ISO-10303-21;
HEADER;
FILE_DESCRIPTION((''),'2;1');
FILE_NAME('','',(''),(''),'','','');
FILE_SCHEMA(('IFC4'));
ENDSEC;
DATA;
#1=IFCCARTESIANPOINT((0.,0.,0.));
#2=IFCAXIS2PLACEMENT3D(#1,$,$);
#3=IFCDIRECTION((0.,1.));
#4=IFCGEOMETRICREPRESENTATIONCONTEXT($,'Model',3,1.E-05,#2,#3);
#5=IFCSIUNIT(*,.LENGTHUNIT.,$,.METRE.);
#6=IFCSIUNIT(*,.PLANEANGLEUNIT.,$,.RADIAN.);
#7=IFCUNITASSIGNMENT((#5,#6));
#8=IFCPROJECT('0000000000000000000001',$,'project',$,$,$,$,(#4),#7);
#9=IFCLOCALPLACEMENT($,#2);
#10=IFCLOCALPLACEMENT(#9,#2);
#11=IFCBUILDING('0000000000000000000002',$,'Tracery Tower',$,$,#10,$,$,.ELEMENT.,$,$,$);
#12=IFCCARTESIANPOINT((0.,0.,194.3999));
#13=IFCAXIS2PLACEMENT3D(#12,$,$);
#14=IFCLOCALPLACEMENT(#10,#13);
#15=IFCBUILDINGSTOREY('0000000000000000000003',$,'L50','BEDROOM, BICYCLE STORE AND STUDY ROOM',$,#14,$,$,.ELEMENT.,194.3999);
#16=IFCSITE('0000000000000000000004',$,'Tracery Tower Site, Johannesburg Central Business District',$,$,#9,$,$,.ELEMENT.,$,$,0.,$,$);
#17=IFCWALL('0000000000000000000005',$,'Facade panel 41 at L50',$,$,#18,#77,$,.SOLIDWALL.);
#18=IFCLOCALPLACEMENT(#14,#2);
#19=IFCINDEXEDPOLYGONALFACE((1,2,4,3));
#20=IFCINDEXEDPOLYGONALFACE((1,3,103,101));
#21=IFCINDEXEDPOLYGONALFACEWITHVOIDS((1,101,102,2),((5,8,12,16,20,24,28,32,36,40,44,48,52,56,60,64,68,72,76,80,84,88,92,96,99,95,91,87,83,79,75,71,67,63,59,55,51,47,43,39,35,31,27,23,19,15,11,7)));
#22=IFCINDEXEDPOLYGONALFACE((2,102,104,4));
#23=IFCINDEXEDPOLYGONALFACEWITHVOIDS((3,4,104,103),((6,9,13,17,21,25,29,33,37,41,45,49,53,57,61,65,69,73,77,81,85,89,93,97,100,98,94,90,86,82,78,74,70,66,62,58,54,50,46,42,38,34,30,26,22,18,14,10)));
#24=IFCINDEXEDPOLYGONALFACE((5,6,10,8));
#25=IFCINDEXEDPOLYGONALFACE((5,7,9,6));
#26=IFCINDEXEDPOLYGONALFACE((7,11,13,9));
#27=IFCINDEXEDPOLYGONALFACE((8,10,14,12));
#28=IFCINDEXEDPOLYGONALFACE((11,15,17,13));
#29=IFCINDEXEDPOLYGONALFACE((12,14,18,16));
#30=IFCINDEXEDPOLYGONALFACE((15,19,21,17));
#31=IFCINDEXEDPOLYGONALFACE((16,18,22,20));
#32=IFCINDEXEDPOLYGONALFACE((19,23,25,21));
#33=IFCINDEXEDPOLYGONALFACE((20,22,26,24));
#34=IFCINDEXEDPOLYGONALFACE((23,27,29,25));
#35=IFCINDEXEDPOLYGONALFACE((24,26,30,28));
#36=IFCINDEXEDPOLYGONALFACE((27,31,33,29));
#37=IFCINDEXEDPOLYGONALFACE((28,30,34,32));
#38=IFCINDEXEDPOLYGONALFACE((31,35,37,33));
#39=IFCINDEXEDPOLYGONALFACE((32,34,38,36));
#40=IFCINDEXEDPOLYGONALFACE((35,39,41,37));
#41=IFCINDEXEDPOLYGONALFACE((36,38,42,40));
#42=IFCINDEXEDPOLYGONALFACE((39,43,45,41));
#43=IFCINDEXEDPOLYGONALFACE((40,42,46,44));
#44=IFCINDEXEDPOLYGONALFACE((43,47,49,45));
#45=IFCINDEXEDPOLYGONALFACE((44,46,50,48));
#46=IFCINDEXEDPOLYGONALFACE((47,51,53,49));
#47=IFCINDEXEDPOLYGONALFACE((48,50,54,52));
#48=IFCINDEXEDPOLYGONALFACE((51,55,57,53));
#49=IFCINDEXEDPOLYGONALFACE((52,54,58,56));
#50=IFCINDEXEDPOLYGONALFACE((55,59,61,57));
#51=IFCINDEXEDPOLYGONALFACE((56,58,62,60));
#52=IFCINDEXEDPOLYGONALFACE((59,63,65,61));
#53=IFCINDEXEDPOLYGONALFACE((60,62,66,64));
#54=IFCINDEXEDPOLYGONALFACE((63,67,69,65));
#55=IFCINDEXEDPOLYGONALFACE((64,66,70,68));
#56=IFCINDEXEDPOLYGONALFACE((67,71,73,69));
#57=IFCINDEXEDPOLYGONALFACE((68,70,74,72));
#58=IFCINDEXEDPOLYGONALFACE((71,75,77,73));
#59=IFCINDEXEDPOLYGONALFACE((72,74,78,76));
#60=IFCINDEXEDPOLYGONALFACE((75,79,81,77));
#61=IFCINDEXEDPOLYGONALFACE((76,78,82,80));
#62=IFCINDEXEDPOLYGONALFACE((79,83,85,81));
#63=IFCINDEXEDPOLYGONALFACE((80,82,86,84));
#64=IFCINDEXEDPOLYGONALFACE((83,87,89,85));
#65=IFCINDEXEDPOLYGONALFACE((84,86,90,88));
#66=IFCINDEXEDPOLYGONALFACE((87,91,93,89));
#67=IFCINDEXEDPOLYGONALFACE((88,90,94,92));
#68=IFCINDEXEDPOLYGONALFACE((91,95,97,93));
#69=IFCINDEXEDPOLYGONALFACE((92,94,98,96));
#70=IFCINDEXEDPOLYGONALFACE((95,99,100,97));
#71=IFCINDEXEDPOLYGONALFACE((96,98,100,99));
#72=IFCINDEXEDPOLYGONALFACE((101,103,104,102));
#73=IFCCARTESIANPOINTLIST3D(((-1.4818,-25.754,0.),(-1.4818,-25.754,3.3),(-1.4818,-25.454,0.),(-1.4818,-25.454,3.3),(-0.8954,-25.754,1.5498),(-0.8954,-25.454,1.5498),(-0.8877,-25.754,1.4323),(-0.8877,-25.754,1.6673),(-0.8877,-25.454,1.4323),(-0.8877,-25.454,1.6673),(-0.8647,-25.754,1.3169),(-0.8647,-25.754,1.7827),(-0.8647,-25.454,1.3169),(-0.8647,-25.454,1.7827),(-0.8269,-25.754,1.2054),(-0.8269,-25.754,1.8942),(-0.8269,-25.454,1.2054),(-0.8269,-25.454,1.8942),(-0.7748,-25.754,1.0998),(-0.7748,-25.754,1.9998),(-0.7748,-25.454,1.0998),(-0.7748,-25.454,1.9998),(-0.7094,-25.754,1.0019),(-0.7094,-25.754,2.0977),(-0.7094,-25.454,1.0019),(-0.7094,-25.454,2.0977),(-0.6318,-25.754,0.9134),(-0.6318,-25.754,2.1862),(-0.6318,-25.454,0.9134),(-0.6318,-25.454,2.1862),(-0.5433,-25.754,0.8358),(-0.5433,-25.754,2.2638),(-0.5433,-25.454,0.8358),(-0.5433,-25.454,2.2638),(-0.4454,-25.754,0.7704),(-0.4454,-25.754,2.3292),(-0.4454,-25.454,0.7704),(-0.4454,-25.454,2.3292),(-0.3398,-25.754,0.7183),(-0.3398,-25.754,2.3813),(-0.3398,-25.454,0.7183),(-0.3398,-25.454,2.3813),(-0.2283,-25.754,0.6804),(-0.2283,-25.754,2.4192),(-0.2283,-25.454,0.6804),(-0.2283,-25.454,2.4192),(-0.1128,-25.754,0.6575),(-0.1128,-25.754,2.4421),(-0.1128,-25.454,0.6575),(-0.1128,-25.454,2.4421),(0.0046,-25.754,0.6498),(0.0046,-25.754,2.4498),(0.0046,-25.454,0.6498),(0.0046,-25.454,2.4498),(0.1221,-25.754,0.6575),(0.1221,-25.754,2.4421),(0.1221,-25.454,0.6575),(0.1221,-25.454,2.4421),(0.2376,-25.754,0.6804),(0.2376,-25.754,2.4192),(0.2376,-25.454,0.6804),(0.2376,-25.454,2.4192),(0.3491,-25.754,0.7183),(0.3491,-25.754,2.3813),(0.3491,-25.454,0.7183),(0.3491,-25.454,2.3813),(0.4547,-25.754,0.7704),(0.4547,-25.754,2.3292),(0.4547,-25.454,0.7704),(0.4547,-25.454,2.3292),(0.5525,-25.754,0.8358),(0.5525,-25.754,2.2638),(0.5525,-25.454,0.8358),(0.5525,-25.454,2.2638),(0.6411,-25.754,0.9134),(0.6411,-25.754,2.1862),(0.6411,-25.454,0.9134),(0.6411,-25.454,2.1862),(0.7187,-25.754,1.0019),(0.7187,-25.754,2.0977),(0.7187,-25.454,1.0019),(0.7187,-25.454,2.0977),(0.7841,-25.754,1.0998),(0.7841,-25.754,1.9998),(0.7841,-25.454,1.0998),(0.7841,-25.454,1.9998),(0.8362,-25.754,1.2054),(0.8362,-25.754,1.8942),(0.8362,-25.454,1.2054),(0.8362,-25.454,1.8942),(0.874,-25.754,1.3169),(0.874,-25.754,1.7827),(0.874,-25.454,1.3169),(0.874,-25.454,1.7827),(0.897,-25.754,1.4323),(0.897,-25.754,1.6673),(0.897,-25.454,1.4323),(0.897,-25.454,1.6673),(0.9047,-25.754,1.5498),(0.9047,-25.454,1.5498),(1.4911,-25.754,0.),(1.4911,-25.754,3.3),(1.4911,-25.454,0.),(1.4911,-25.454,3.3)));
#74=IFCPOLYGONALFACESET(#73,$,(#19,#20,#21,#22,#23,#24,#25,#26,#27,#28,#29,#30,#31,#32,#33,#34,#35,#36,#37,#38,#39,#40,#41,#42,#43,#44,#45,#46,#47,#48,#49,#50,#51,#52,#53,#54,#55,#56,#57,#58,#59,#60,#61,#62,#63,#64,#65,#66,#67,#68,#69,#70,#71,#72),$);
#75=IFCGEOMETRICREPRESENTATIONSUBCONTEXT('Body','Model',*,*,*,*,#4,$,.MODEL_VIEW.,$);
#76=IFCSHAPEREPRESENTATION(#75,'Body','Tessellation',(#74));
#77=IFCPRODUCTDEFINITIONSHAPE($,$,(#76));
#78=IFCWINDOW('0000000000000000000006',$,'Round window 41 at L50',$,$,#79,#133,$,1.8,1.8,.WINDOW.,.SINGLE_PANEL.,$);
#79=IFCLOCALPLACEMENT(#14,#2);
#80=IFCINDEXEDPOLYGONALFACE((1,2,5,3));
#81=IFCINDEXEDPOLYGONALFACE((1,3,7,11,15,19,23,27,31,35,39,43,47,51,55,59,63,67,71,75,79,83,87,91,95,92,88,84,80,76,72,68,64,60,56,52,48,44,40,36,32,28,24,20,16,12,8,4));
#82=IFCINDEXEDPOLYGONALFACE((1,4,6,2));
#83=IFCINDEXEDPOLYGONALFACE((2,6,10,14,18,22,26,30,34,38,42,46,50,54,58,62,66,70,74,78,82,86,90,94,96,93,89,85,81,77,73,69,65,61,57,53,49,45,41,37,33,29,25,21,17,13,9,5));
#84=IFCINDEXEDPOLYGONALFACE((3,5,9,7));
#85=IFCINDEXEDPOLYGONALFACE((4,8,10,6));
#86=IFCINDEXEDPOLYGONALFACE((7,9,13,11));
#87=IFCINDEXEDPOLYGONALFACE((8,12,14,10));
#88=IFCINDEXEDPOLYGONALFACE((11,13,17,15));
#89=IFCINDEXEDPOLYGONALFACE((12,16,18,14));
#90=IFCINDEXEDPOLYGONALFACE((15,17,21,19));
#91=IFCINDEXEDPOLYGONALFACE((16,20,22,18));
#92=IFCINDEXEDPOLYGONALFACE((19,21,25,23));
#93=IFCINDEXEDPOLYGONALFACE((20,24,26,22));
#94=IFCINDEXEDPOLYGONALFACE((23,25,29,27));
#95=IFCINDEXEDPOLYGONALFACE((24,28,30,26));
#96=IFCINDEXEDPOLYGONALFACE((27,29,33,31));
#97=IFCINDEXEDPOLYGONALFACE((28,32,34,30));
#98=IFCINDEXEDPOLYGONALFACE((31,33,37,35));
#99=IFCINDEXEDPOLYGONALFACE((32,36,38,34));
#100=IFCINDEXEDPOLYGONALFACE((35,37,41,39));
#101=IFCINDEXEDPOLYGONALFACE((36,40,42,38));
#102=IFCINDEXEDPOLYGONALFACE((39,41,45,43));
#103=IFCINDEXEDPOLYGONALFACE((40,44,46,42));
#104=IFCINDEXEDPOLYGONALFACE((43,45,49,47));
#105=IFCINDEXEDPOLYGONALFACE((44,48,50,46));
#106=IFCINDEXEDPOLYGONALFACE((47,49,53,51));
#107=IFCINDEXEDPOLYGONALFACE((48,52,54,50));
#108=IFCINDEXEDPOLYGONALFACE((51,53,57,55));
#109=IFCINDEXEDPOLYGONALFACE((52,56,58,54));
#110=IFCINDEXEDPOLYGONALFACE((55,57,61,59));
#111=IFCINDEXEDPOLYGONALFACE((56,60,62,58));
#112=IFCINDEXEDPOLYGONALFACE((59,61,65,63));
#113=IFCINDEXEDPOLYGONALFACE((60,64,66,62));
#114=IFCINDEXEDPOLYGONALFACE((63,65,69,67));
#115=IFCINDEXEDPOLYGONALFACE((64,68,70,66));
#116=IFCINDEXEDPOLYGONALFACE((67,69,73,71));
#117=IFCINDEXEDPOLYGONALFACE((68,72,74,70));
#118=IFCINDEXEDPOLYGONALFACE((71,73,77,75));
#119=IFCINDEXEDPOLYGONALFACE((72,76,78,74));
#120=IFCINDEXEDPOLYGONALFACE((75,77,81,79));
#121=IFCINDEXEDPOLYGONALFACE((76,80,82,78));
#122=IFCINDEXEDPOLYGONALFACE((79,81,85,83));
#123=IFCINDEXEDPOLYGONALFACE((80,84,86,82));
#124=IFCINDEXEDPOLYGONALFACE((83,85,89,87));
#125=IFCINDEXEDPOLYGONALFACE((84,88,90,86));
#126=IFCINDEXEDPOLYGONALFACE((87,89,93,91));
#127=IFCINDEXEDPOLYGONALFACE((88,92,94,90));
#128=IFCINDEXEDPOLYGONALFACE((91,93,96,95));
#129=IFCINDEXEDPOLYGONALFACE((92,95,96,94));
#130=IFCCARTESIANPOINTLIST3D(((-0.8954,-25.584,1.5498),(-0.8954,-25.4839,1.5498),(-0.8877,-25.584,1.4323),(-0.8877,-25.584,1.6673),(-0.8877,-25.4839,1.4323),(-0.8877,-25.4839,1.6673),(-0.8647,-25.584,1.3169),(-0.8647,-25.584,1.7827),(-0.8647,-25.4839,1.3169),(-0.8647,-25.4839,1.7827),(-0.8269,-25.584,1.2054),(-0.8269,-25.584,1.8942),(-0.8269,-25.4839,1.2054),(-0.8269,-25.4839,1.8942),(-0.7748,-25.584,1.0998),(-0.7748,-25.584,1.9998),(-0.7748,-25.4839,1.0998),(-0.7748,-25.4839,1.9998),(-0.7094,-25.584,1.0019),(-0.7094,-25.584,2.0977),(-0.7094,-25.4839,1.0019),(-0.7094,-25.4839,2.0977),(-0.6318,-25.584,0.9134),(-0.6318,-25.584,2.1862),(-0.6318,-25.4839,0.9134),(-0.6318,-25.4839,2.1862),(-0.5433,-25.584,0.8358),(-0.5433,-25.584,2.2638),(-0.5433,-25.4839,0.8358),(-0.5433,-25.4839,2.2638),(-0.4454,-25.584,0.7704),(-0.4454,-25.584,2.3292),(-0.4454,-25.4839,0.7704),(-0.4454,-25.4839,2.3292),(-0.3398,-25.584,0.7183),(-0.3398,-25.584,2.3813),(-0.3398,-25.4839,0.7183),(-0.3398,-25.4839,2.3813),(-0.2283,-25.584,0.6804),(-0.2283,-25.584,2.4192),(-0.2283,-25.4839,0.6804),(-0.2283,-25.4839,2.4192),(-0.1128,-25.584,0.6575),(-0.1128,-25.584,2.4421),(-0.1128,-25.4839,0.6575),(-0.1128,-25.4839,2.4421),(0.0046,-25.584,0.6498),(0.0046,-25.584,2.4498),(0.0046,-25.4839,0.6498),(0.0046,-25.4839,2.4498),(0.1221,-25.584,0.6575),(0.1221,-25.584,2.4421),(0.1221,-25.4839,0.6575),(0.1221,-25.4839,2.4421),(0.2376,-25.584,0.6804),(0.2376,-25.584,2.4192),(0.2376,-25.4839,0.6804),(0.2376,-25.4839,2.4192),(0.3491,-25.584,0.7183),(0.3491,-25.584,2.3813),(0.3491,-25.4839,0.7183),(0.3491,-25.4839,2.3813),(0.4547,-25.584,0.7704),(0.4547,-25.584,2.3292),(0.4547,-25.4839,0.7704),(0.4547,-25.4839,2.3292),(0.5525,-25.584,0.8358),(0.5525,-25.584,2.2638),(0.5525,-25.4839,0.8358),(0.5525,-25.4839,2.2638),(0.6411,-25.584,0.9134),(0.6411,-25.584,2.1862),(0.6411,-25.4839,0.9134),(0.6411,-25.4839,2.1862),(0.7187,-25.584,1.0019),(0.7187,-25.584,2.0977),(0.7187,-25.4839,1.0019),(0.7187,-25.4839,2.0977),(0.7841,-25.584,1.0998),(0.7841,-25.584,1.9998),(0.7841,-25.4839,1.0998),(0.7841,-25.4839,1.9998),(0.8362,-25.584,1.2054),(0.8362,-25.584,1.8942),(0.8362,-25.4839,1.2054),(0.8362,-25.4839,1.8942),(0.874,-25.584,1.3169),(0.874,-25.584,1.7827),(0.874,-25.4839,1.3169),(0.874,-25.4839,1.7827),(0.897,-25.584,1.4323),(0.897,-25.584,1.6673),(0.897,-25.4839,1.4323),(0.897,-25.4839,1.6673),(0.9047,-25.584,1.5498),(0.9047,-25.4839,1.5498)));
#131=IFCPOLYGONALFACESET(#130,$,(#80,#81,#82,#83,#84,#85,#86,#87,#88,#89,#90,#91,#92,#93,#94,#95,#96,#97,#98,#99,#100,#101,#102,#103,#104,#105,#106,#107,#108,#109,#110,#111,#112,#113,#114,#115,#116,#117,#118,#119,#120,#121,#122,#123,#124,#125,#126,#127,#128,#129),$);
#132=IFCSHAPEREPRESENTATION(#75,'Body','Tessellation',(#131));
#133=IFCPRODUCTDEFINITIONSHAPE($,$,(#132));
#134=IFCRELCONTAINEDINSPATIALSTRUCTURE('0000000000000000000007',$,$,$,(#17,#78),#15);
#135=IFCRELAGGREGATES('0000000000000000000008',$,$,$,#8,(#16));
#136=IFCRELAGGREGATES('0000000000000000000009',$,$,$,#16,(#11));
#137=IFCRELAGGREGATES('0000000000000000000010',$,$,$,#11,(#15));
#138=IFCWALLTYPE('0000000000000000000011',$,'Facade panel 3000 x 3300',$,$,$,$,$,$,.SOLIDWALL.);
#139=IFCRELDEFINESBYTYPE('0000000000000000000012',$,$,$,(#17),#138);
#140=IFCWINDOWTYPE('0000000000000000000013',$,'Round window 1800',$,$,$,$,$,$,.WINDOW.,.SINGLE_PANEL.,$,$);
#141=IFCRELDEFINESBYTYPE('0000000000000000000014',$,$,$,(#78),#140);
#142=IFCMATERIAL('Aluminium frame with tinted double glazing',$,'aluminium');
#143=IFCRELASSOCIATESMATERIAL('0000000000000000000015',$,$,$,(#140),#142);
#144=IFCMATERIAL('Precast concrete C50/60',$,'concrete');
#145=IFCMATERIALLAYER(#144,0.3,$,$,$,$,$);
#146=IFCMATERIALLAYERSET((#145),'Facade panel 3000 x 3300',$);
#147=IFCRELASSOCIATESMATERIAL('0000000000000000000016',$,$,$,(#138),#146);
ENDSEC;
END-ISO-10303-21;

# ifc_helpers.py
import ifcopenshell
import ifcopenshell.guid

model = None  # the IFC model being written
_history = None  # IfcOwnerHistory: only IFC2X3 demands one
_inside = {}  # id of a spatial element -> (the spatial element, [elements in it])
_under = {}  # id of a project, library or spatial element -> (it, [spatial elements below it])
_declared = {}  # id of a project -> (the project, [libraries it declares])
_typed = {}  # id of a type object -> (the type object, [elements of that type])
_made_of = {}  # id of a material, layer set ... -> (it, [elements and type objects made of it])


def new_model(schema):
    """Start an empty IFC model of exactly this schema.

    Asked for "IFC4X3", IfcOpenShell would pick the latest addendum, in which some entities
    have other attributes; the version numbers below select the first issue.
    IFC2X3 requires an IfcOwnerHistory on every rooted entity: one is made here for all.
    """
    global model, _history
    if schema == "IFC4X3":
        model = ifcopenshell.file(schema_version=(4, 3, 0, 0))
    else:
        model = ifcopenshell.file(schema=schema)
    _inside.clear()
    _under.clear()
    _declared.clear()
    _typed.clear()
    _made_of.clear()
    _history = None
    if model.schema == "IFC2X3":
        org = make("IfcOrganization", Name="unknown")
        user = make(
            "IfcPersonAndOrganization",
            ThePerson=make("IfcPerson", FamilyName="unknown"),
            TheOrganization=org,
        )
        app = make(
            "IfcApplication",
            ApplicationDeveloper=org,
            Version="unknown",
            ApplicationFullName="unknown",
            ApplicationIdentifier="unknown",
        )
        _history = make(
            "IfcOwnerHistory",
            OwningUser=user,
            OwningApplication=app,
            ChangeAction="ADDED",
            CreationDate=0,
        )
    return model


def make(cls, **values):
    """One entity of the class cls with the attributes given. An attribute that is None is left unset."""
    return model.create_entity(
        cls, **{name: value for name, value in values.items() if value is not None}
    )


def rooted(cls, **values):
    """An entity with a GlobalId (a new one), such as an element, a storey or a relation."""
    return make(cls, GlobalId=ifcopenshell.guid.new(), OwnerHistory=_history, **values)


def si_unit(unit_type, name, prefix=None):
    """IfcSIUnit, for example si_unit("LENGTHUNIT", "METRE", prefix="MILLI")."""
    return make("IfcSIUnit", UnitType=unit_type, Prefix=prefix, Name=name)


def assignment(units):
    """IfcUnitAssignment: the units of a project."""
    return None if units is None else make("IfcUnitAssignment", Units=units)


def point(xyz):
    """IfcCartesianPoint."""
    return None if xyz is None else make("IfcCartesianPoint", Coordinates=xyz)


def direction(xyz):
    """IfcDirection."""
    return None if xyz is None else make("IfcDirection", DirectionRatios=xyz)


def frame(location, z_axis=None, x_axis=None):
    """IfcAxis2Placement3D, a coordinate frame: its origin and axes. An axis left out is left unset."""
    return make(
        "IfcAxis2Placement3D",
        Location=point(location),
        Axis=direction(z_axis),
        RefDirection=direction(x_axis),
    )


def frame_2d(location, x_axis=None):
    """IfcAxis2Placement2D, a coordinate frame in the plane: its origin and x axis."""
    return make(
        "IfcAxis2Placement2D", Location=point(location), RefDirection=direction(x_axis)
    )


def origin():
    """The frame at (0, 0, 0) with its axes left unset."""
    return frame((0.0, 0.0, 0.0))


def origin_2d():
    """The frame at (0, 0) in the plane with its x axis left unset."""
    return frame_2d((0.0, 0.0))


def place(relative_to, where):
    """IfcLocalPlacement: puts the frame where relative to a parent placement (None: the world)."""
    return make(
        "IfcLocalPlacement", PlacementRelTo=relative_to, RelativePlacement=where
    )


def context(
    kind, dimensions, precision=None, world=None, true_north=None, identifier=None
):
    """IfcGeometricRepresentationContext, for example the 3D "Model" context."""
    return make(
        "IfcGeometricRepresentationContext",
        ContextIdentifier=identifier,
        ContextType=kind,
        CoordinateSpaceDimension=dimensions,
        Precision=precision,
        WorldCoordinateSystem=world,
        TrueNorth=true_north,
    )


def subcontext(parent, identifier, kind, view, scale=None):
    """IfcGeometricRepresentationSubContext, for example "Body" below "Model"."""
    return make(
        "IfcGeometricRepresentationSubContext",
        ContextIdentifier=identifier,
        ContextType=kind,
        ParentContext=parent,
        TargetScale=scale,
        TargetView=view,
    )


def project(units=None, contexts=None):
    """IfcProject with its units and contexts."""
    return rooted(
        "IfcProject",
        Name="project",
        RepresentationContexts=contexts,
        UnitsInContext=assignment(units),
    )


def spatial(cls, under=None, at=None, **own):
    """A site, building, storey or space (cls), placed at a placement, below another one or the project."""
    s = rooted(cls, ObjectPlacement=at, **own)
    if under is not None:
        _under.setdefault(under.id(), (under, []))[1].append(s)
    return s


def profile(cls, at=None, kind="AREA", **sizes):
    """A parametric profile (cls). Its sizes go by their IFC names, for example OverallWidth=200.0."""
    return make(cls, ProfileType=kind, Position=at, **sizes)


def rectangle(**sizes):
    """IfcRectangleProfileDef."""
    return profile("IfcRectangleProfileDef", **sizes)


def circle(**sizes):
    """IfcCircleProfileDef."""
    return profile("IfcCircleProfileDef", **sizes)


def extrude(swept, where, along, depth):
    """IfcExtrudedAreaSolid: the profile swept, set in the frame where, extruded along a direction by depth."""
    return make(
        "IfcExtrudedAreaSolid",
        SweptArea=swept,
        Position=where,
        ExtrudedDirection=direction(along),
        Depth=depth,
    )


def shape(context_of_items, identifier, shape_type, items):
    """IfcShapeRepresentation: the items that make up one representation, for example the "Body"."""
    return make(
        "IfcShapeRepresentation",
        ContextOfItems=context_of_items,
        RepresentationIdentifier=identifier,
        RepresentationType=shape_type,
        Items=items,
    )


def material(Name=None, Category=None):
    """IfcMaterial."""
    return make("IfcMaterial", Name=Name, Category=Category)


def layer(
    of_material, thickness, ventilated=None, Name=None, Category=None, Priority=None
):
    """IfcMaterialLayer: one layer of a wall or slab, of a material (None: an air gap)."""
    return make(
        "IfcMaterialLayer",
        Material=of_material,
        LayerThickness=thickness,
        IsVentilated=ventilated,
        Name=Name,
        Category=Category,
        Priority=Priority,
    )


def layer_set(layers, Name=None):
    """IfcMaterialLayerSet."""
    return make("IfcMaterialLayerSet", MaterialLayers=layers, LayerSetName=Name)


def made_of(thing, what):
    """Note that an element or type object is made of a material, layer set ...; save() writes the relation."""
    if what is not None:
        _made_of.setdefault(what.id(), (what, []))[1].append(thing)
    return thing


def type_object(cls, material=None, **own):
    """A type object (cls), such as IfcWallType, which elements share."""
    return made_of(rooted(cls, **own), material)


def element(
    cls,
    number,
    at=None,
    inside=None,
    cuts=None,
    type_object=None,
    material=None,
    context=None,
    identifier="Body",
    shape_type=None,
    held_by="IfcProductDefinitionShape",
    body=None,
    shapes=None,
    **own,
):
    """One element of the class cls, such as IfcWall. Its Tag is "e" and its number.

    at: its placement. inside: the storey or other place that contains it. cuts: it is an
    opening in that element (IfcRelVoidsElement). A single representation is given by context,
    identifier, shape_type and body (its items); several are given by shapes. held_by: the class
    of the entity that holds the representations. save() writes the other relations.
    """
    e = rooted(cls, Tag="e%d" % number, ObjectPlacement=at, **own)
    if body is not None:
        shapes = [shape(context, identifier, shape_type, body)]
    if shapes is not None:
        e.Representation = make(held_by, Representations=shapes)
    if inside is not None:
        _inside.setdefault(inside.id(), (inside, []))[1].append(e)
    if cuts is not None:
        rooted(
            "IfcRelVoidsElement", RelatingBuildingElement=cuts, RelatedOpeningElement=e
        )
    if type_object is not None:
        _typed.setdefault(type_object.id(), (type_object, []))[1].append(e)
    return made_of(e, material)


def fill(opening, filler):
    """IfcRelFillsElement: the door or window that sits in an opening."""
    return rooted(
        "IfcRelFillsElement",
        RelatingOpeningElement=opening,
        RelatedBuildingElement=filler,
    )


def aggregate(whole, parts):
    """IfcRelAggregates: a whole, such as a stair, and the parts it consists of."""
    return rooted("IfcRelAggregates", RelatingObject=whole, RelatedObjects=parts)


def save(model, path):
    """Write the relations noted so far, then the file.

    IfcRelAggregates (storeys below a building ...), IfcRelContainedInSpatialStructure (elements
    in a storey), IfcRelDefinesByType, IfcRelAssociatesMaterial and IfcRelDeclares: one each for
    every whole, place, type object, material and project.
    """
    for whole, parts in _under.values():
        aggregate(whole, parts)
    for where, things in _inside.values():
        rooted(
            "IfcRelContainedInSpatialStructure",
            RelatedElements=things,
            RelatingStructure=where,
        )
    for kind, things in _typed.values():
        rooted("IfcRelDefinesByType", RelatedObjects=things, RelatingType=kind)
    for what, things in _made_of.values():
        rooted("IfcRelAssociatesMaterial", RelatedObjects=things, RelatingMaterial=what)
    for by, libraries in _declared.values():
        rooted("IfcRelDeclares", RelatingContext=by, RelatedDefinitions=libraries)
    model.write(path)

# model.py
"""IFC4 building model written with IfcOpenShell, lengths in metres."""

from ifc_helpers import new_model, si_unit, direction, frame, frame_2d, origin, origin_2d, place, context, subcontext, project, spatial, rectangle, circle, extrude, material, layer, layer_set, type_object, element, fill, save


model = new_model("IFC4")

# Units and contexts
model_context = context("Model", 3, precision=1e-05, world=origin(), true_north=direction((0.0, 1.0)))
body_context = subcontext(model_context, "Body", "Model", "MODEL_VIEW")
ifc_project = project(units=[si_unit("LENGTHUNIT", "METRE"), si_unit("PLANEANGLEUNIT", "RADIAN")], contexts=[model_context])

# Site, building, storey
site_placement = place(None, origin())
site = spatial("IfcSite", under=ifc_project, at=site_placement, Name="Tracery Tower Site, Johannesburg Central Business District", CompositionType="ELEMENT", RefElevation=0.0)
building_placement = place(site_placement, origin())
building = spatial("IfcBuilding", under=site, at=building_placement, Name="Tracery Tower", CompositionType="ELEMENT")
storey_placement = place(building_placement, frame((0.0, 0.0, 194.3999)))
storey = spatial("IfcBuildingStorey", under=building, at=storey_placement, Name="L50", Description="BEDROOM, BICYCLE STORE AND STUDY ROOM", CompositionType="ELEMENT", Elevation=194.3999)

# Wall, opening, window
ifc_material_1 = material(Name="Aluminium frame with tinted double glazing", Category="aluminium")
window_type = type_object("IfcWindowType", Name="Round window 1800", PartitioningType="SINGLE_PANEL", PredefinedType="WINDOW", material=ifc_material_1)
ifc_material_2 = material(Name="Precast concrete C50/60", Category="concrete")
ifc_layer_1 = layer(ifc_material_2, 0.3)
ifc_layer_set_1 = layer_set([ifc_layer_1], Name="Facade panel 3000 x 3300")
wall_type_1 = type_object("IfcWallType", Name="Facade panel 3000 x 3300", PredefinedType="SOLIDWALL", material=ifc_layer_set_1)
wall_1_placement = place(storey_placement, frame((-1.4817, -25.604, 0.0), z_axis=(0.0, 0.0, 1.0), x_axis=(1.0, 0.0, 0.0)))
wall_1 = element("IfcWall", 1, at=wall_1_placement, inside=storey, type_object=wall_type_1, Name="Facade panel 41 at L50", PredefinedType="SOLIDWALL", context=body_context, shape_type="SweptSolid", body=[
    extrude(rectangle(XDim=2.9729, YDim=0.3, at=frame_2d((1.4863, 0.0))), origin(), (0.0, 0.0, 1.0), 3.3),
])
opening_1_placement = place(wall_1_placement, frame((1.4863, 0.0, 1.5498)))
opening_1 = element("IfcOpeningElement", 2, at=opening_1_placement, cuts=wall_1, PredefinedType="OPENING", context=body_context, shape_type="SweptSolid", body=[
    extrude(circle(Radius=0.9, at=origin_2d()), frame((0.0, 0.1599, 0.0), z_axis=(0.0, -1.0, 0.0), x_axis=(1.0, 0.0, 0.0)), (0.0, 0.0, 1.0), 0.3201),
])
window_1_placement = place(opening_1_placement, origin())
window_1 = element("IfcWindow", 3, at=window_1_placement, inside=storey, type_object=window_type, Name="Round window 41 at L50", OverallHeight=1.8, OverallWidth=1.8, PartitioningType="SINGLE_PANEL", PredefinedType="WINDOW", context=body_context, shape_type="SweptSolid", body=[
    extrude(circle(Radius=0.9, at=origin_2d()), frame((0.0, 0.1201, 0.0), z_axis=(0.0, -1.0, 0.0), x_axis=(1.0, 0.0, 0.0)), (0.0, 0.0, 1.0), 0.1001),
])
fill(opening_1, window_1)

save(model, "model.ifc")
